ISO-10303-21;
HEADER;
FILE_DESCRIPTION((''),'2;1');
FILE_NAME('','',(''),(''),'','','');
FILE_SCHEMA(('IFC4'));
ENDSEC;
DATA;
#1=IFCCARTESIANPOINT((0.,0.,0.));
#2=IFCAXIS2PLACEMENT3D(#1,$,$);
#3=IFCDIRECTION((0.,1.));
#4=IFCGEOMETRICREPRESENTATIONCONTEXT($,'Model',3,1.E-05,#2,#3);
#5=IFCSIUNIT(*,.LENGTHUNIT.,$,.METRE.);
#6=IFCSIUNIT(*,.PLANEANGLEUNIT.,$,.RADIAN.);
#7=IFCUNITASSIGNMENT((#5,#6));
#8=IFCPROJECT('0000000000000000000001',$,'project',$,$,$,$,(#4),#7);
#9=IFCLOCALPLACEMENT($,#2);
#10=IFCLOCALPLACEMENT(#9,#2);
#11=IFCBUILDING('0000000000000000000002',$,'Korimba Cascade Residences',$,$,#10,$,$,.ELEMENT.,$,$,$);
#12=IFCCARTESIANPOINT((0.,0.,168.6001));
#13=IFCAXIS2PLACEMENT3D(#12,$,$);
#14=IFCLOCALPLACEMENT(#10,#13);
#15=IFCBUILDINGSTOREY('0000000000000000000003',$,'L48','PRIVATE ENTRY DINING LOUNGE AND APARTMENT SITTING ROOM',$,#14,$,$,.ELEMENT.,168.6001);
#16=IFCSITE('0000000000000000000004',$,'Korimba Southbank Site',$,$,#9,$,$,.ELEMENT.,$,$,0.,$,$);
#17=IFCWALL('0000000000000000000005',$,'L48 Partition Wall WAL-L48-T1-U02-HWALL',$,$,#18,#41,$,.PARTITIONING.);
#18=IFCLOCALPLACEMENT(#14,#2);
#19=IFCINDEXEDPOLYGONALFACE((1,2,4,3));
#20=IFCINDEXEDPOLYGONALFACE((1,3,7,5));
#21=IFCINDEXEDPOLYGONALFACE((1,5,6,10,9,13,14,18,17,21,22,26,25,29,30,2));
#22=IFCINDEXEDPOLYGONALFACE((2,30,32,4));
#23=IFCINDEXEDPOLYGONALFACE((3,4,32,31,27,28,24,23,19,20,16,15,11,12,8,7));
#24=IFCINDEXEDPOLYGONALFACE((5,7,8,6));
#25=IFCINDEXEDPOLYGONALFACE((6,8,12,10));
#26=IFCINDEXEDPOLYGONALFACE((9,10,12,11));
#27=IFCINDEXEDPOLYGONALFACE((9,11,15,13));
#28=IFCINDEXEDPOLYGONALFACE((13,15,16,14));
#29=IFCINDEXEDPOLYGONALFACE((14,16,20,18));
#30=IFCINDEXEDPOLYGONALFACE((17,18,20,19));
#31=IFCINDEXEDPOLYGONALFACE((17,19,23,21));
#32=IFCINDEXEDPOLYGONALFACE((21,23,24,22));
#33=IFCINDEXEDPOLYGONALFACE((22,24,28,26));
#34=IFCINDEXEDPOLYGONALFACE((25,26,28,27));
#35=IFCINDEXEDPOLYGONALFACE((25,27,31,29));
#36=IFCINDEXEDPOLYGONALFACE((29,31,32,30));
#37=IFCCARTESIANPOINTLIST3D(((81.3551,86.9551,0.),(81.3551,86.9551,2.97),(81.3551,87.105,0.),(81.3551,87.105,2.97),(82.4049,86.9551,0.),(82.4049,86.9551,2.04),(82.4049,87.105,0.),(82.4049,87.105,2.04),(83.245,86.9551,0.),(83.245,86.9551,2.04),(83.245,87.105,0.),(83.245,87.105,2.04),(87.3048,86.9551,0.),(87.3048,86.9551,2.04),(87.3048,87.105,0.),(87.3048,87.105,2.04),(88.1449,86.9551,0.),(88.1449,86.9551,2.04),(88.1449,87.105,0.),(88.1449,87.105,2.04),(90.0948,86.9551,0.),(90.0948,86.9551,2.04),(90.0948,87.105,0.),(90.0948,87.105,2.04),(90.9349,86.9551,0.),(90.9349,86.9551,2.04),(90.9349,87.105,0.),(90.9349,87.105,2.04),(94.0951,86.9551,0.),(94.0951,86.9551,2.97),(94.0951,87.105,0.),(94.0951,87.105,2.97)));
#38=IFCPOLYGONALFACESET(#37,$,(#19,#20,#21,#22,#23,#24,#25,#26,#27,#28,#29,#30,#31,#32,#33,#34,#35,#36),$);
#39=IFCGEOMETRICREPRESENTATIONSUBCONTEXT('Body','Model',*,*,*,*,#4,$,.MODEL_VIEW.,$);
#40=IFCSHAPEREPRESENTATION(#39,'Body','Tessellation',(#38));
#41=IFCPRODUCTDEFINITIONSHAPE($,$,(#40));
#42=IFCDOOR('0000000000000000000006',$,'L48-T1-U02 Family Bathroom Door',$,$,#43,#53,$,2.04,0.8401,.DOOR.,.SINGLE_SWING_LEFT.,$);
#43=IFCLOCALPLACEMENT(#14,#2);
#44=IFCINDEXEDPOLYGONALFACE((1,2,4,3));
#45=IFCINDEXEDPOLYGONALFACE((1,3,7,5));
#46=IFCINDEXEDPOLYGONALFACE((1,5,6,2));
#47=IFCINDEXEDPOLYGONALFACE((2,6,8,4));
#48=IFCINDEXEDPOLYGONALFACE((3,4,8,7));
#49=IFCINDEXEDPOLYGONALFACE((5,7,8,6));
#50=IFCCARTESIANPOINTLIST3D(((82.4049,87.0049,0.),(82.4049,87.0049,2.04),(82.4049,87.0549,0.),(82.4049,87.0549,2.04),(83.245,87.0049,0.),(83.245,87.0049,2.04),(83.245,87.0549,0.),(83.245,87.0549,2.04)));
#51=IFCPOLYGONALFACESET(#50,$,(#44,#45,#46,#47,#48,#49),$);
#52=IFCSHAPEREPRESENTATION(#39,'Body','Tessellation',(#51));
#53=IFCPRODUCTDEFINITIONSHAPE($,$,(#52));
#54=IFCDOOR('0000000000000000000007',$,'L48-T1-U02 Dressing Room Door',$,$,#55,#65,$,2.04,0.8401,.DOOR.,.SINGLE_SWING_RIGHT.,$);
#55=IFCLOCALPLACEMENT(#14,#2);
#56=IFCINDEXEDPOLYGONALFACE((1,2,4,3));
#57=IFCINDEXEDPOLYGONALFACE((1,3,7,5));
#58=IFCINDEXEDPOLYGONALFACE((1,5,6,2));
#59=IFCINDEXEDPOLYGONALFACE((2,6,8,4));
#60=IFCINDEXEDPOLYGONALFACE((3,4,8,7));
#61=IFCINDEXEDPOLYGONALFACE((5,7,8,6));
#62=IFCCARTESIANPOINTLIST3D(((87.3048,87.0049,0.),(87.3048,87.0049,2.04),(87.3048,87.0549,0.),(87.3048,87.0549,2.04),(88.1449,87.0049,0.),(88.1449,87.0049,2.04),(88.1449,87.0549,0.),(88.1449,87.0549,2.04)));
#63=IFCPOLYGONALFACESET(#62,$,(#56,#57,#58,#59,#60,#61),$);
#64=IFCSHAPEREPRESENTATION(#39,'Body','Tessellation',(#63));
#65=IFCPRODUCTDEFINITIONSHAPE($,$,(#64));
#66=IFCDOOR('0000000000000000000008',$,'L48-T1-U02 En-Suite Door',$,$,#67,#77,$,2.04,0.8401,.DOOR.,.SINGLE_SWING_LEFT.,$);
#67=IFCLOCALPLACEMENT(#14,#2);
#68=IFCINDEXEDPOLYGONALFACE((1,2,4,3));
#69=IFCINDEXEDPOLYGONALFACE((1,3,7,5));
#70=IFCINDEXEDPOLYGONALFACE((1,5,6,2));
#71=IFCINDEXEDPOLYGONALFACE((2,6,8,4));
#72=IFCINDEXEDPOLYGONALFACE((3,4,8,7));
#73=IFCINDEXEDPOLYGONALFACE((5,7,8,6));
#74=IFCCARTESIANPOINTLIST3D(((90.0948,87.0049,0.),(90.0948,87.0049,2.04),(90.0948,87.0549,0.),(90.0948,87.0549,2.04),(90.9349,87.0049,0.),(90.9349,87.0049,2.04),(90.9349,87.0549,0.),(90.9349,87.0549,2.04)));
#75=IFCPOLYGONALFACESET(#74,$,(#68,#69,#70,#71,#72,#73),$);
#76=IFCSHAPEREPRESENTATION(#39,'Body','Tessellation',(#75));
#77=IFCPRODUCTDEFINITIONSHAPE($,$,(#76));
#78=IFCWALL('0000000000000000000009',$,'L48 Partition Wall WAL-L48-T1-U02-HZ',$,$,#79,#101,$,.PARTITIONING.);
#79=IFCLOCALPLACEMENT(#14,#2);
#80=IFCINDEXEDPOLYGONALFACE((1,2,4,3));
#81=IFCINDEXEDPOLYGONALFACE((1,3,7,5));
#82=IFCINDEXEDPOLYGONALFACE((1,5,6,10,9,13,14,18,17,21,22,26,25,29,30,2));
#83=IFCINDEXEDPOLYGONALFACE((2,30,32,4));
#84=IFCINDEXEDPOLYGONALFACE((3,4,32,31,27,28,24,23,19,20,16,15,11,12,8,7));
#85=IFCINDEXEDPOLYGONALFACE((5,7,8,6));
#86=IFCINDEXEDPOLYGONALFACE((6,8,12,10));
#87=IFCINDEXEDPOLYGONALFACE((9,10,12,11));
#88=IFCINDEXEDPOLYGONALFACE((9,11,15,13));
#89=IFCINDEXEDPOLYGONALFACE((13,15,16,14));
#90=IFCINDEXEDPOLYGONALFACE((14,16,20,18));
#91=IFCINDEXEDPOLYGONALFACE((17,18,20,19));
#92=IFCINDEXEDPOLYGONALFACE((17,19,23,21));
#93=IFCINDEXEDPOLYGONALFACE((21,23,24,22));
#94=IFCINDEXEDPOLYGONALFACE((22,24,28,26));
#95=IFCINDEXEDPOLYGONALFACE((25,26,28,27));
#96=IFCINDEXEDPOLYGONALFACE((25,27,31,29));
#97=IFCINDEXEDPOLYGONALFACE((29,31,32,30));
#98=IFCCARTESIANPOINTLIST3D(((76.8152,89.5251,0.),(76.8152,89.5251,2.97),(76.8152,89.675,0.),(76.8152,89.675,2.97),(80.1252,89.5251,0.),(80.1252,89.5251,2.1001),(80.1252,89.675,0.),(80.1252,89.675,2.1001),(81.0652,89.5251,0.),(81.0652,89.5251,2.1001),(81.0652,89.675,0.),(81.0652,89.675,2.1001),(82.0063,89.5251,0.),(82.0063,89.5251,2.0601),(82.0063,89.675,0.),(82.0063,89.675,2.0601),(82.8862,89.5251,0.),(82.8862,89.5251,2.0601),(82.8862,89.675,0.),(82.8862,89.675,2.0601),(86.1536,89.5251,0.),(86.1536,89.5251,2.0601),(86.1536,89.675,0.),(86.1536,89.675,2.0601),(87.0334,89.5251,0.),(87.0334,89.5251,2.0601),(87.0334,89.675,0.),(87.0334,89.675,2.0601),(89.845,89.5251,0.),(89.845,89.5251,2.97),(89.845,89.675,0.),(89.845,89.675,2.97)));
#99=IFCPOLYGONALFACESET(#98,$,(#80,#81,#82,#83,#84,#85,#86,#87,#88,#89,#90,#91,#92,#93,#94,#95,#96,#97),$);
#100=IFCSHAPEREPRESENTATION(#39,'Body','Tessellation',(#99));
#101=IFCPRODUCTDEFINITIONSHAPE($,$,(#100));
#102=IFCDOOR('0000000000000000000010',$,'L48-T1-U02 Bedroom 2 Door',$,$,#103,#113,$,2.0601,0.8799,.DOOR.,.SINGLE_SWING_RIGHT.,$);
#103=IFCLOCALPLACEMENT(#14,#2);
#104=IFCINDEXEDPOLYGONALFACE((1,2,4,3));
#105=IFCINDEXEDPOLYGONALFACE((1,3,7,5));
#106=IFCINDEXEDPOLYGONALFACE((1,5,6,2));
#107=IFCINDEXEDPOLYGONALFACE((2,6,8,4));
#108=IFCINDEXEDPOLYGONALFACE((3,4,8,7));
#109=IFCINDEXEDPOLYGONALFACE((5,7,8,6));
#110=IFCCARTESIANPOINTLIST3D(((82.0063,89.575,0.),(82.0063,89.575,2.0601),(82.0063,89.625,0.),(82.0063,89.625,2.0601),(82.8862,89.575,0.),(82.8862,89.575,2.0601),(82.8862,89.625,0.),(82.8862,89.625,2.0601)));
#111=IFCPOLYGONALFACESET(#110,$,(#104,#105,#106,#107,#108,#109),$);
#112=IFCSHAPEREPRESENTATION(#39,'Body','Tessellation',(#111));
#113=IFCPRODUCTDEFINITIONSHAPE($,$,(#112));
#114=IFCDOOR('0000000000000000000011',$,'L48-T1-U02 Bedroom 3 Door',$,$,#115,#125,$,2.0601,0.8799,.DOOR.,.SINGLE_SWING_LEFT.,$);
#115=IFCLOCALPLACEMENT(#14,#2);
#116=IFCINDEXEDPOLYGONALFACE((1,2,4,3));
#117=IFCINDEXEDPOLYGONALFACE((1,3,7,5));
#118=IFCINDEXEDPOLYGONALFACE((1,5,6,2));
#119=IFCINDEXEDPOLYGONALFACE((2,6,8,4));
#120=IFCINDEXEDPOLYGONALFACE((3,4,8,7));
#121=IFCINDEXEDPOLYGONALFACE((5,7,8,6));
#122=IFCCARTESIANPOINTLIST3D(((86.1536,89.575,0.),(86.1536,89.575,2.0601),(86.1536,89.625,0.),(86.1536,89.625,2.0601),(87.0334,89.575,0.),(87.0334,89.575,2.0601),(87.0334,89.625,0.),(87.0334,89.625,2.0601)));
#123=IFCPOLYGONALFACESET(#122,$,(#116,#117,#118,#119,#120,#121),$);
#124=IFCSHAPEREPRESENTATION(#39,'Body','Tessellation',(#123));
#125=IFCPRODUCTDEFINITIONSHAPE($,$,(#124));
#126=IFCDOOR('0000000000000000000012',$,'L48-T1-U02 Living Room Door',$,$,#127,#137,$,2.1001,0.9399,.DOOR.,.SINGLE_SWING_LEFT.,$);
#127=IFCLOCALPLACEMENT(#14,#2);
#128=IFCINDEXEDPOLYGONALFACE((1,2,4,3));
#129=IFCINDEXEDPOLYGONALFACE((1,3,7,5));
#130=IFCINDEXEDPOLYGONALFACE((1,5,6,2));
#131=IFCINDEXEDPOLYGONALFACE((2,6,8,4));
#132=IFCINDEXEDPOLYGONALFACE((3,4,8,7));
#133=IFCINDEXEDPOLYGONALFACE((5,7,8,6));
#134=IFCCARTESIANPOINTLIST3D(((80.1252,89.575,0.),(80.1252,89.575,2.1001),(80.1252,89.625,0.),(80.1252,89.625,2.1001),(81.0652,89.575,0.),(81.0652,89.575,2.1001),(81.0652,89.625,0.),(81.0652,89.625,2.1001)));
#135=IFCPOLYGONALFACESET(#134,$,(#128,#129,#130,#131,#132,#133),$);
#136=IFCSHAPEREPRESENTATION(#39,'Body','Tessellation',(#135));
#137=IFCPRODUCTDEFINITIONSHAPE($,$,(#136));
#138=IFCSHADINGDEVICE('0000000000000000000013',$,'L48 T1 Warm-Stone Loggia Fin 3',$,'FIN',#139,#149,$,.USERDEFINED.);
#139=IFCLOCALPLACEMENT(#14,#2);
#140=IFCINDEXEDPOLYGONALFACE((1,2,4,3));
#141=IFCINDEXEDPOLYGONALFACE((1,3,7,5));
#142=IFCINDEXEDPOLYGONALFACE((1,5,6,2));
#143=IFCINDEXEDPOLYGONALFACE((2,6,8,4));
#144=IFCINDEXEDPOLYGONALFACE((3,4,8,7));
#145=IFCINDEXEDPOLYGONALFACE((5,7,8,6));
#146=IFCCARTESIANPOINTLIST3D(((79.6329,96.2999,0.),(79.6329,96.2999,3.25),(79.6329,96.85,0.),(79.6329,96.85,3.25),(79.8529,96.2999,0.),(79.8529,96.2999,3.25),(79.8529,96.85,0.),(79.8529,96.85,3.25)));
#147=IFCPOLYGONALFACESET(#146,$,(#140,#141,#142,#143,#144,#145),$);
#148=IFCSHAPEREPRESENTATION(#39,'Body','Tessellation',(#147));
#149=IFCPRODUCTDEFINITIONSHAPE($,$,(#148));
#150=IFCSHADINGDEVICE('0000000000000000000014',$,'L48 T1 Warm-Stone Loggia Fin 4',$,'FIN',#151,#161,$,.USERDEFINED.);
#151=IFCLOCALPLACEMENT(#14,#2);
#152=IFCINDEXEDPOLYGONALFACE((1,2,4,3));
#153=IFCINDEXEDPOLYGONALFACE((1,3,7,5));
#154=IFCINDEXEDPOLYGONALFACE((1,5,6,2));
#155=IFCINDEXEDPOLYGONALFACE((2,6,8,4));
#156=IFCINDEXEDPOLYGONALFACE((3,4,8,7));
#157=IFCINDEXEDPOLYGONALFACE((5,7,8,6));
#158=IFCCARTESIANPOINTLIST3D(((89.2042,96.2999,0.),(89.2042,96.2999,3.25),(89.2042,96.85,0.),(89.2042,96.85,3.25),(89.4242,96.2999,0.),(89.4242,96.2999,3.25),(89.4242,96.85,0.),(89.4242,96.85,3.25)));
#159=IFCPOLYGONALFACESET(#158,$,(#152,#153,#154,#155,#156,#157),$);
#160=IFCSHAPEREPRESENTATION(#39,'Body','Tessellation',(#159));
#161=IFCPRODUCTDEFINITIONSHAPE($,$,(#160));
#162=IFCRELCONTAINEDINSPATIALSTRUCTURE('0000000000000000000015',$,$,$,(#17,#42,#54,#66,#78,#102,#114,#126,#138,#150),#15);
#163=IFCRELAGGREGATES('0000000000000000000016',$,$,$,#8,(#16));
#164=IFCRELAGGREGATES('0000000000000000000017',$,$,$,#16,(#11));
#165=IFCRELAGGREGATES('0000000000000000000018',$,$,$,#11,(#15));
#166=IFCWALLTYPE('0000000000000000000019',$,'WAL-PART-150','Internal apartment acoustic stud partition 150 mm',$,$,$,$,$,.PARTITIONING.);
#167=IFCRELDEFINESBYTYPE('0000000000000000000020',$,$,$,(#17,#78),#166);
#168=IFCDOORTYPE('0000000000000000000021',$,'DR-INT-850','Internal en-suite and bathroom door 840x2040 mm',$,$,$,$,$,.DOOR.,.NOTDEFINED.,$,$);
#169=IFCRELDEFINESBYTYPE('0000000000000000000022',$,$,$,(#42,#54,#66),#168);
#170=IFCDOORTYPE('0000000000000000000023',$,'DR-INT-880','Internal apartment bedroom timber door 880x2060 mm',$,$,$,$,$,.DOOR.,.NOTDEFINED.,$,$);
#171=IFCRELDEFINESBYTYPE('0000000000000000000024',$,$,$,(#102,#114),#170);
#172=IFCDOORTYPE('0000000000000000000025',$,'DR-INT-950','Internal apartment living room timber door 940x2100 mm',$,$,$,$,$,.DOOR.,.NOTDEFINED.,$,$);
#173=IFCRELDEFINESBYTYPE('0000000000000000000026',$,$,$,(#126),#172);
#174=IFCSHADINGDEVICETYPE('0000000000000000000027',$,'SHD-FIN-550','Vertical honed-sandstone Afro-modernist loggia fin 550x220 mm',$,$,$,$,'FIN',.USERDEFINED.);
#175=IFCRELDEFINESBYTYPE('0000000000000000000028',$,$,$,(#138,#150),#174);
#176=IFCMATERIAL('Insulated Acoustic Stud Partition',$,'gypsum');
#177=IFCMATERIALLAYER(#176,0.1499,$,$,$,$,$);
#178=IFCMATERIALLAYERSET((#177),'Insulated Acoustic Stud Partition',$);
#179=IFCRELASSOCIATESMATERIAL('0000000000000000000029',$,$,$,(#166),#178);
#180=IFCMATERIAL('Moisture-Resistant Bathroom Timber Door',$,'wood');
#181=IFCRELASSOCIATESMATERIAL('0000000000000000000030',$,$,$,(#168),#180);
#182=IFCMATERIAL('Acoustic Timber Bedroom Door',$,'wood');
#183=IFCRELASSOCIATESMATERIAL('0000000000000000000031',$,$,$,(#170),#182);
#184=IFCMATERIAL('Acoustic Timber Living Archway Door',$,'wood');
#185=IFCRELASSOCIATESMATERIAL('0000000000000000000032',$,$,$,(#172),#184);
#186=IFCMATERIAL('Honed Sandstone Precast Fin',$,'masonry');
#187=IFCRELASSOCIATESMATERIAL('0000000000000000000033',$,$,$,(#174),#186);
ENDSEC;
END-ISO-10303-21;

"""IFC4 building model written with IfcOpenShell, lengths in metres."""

from ifc_helpers import new_model, si_unit, direction, frame, frame_2d, origin, origin_2d, place, context, subcontext, project, spatial, rectangle, extrude, material, layer, layer_set, type_object, element, fill, save


model = new_model("IFC4")

# Units and contexts
model_context = context("Model", 3, precision=1e-05, world=origin(), true_north=direction((0.0, 1.0)))
body_context = subcontext(model_context, "Body", "Model", "MODEL_VIEW")
ifc_project = project(units=[si_unit("LENGTHUNIT", "METRE"), si_unit("PLANEANGLEUNIT", "RADIAN")], contexts=[model_context])

# Site, building, storey
site_placement = place(None, origin())
site = spatial("IfcSite", under=ifc_project, at=site_placement, Name="Korimba Southbank Site", CompositionType="ELEMENT", RefElevation=0.0)
building_placement = place(site_placement, origin())
building = spatial("IfcBuilding", under=site, at=building_placement, Name="Korimba Cascade Residences", CompositionType="ELEMENT")
storey_placement = place(building_placement, frame((0.0, 0.0, 168.6001)))
storey = spatial("IfcBuildingStorey", under=building, at=storey_placement, Name="L48", Description="PRIVATE ENTRY DINING LOUNGE AND APARTMENT SITTING ROOM", CompositionType="ELEMENT", Elevation=168.6001)

# Shared definitions
ifc_material_1 = material(Name="Insulated Acoustic Stud Partition", Category="gypsum")
ifc_layer = layer(ifc_material_1, 0.1499)
ifc_layer_set = layer_set([ifc_layer], Name="Insulated Acoustic Stud Partition")
wall_type = type_object("IfcWallType", Name="WAL-PART-150", Description="Internal apartment acoustic stud partition 150 mm", PredefinedType="PARTITIONING", material=ifc_layer_set)

# Walls, openings, doors
wall_1_placement = place(storey_placement, frame((81.355, 87.03, 0.0), z_axis=(0.0, 0.0, 1.0), x_axis=(1.0, 0.0, 0.0)))
wall_1 = element("IfcWall", 1, at=wall_1_placement, inside=storey, type_object=wall_type, Name="L48 Partition Wall WAL-L48-T1-U02-HWALL", PredefinedType="PARTITIONING", context=body_context, shape_type="SweptSolid", body=[
    extrude(rectangle(XDim=12.74, YDim=0.1499, at=frame_2d((6.3701, 0.0))), origin(), (0.0, 0.0, 1.0), 2.97),
])
opening_1_placement = place(wall_1_placement, frame((1.05, 0.0, 0.0)))
opening_1 = element("IfcOpeningElement", 2, at=opening_1_placement, cuts=wall_1, PredefinedType="OPENING", context=body_context, shape_type="SweptSolid", body=[
    extrude(rectangle(XDim=0.8401, YDim=2.04, at=frame_2d((0.4199, 1.02))), frame((0.0, 0.085, 0.0), z_axis=(0.0, -1.0, 0.0), x_axis=(1.0, 0.0, 0.0)), (0.0, 0.0, 1.0), 0.1699),
])
opening_2_placement = place(wall_1_placement, frame((5.95, 0.0, 0.0)))
opening_2 = element("IfcOpeningElement", 3, at=opening_2_placement, cuts=wall_1, PredefinedType="OPENING", context=body_context, shape_type="SweptSolid", body=[
    extrude(rectangle(XDim=0.8401, YDim=2.04, at=frame_2d((0.4199, 1.02))), frame((0.0, 0.085, 0.0), z_axis=(0.0, -1.0, 0.0), x_axis=(1.0, 0.0, 0.0)), (0.0, 0.0, 1.0), 0.1699),
])
opening_3_placement = place(wall_1_placement, frame((8.74, 0.0, 0.0)))
opening_3 = element("IfcOpeningElement", 4, at=opening_3_placement, cuts=wall_1, PredefinedType="OPENING", context=body_context, shape_type="SweptSolid", body=[
    extrude(rectangle(XDim=0.8401, YDim=2.04, at=frame_2d((0.4199, 1.02))), frame((0.0, 0.085, 0.0), z_axis=(0.0, -1.0, 0.0), x_axis=(1.0, 0.0, 0.0)), (0.0, 0.0, 1.0), 0.1699),
])
ifc_material_2 = material(Name="Moisture-Resistant Bathroom Timber Door", Category="wood")
door_type_1 = type_object("IfcDoorType", Name="DR-INT-850", Description="Internal en-suite and bathroom door 840x2040 mm", OperationType="NOTDEFINED", PredefinedType="DOOR", material=ifc_material_2)
door_1_placement = place(opening_1_placement, origin())
door_1 = element("IfcDoor", 5, at=door_1_placement, inside=storey, type_object=door_type_1, Name="L48-T1-U02 Family Bathroom Door", OperationType="SINGLE_SWING_LEFT", OverallHeight=2.04, OverallWidth=0.8401, PredefinedType="DOOR", context=body_context, shape_type="SweptSolid", body=[
    extrude(rectangle(XDim=0.8401, YDim=2.04, at=frame_2d((0.4199, 1.02))), frame((0.0, 0.0249, 0.0), z_axis=(0.0, -1.0, 0.0), x_axis=(1.0, 0.0, 0.0)), (0.0, 0.0, 1.0), 0.05),
])
fill(opening_1, door_1)
door_2_placement = place(opening_2_placement, origin())
door_2 = element("IfcDoor", 6, at=door_2_placement, inside=storey, type_object=door_type_1, Name="L48-T1-U02 Dressing Room Door", OperationType="SINGLE_SWING_RIGHT", OverallHeight=2.04, OverallWidth=0.8401, PredefinedType="DOOR", context=body_context, shape_type="SweptSolid", body=[
    extrude(rectangle(XDim=0.8401, YDim=2.04, at=frame_2d((0.4199, 1.02))), frame((0.0, 0.0249, 0.0), z_axis=(0.0, -1.0, 0.0), x_axis=(1.0, 0.0, 0.0)), (0.0, 0.0, 1.0), 0.05),
])
fill(opening_2, door_2)
door_3_placement = place(opening_3_placement, origin())
door_3 = element("IfcDoor", 7, at=door_3_placement, inside=storey, type_object=door_type_1, Name="L48-T1-U02 En-Suite Door", OperationType="SINGLE_SWING_LEFT", OverallHeight=2.04, OverallWidth=0.8401, PredefinedType="DOOR", context=body_context, shape_type="SweptSolid", body=[
    extrude(rectangle(XDim=0.8401, YDim=2.04, at=frame_2d((0.4199, 1.02))), frame((0.0, 0.0249, 0.0), z_axis=(0.0, -1.0, 0.0), x_axis=(1.0, 0.0, 0.0)), (0.0, 0.0, 1.0), 0.05),
])
fill(opening_3, door_3)
wall_2_placement = place(storey_placement, frame((76.8152, 89.6001, 0.0), z_axis=(0.0, 0.0, 1.0), x_axis=(1.0, 0.0, 0.0)))
wall_2 = element("IfcWall", 8, at=wall_2_placement, inside=storey, type_object=wall_type, Name="L48 Partition Wall WAL-L48-T1-U02-HZ", PredefinedType="PARTITIONING", context=body_context, shape_type="SweptSolid", body=[
    extrude(rectangle(XDim=13.0298, YDim=0.1499, at=frame_2d((6.5149, 0.0))), origin(), (0.0, 0.0, 1.0), 2.97),
])
opening_4_placement = place(wall_2_placement, frame((3.3101, 0.0, 0.0)))
opening_4 = element("IfcOpeningElement", 9, at=opening_4_placement, cuts=wall_2, PredefinedType="OPENING", context=body_context, shape_type="SweptSolid", body=[
    extrude(rectangle(XDim=0.9399, YDim=2.1001, at=frame_2d((0.47, 1.05))), frame((0.0, 0.085, 0.0), z_axis=(0.0, -1.0, 0.0), x_axis=(1.0, 0.0, 0.0)), (0.0, 0.0, 1.0), 0.1699),
])
opening_5_placement = place(wall_2_placement, frame((5.1912, 0.0, 0.0)))
opening_5 = element("IfcOpeningElement", 10, at=opening_5_placement, cuts=wall_2, PredefinedType="OPENING", context=body_context, shape_type="SweptSolid", body=[
    extrude(rectangle(XDim=0.8799, YDim=2.0601, at=frame_2d((0.4399, 1.03))), frame((0.0, 0.085, 0.0), z_axis=(0.0, -1.0, 0.0), x_axis=(1.0, 0.0, 0.0)), (0.0, 0.0, 1.0), 0.1699),
])
opening_6_placement = place(wall_2_placement, frame((9.3384, 0.0, 0.0)))
opening_6 = element("IfcOpeningElement", 11, at=opening_6_placement, cuts=wall_2, PredefinedType="OPENING", context=body_context, shape_type="SweptSolid", body=[
    extrude(rectangle(XDim=0.8799, YDim=2.0601, at=frame_2d((0.4399, 1.03))), frame((0.0, 0.085, 0.0), z_axis=(0.0, -1.0, 0.0), x_axis=(1.0, 0.0, 0.0)), (0.0, 0.0, 1.0), 0.1699),
])
ifc_material_3 = material(Name="Acoustic Timber Bedroom Door", Category="wood")
door_type_2 = type_object("IfcDoorType", Name="DR-INT-880", Description="Internal apartment bedroom timber door 880x2060 mm", OperationType="NOTDEFINED", PredefinedType="DOOR", material=ifc_material_3)
door_4_placement = place(opening_5_placement, origin())
door_4 = element("IfcDoor", 12, at=door_4_placement, inside=storey, type_object=door_type_2, Name="L48-T1-U02 Bedroom 2 Door", OperationType="SINGLE_SWING_RIGHT", OverallHeight=2.0601, OverallWidth=0.8799, PredefinedType="DOOR", context=body_context, shape_type="SweptSolid", body=[
    extrude(rectangle(XDim=0.8799, YDim=2.0601, at=frame_2d((0.4399, 1.03))), frame((0.0, 0.0249, 0.0), z_axis=(0.0, -1.0, 0.0), x_axis=(1.0, 0.0, 0.0)), (0.0, 0.0, 1.0), 0.05),
])
fill(opening_5, door_4)
door_5_placement = place(opening_6_placement, origin())
door_5 = element("IfcDoor", 13, at=door_5_placement, inside=storey, type_object=door_type_2, Name="L48-T1-U02 Bedroom 3 Door", OperationType="SINGLE_SWING_LEFT", OverallHeight=2.0601, OverallWidth=0.8799, PredefinedType="DOOR", context=body_context, shape_type="SweptSolid", body=[
    extrude(rectangle(XDim=0.8799, YDim=2.0601, at=frame_2d((0.4399, 1.03))), frame((0.0, 0.0249, 0.0), z_axis=(0.0, -1.0, 0.0), x_axis=(1.0, 0.0, 0.0)), (0.0, 0.0, 1.0), 0.05),
])
fill(opening_6, door_5)
ifc_material_4 = material(Name="Acoustic Timber Living Archway Door", Category="wood")
door_type_3 = type_object("IfcDoorType", Name="DR-INT-950", Description="Internal apartment living room timber door 940x2100 mm", OperationType="NOTDEFINED", PredefinedType="DOOR", material=ifc_material_4)
door_6_placement = place(opening_4_placement, origin())
door_6 = element("IfcDoor", 14, at=door_6_placement, inside=storey, type_object=door_type_3, Name="L48-T1-U02 Living Room Door", OperationType="SINGLE_SWING_LEFT", OverallHeight=2.1001, OverallWidth=0.9399, PredefinedType="DOOR", context=body_context, shape_type="SweptSolid", body=[
    extrude(rectangle(XDim=0.9399, YDim=2.1001, at=frame_2d((0.47, 1.05))), frame((0.0, 0.0249, 0.0), z_axis=(0.0, -1.0, 0.0), x_axis=(1.0, 0.0, 0.0)), (0.0, 0.0, 1.0), 0.05),
])
fill(opening_4, door_6)

# Shading devices
ifc_material_5 = material(Name="Honed Sandstone Precast Fin", Category="masonry")
shading_device_type = type_object("IfcShadingDeviceType", Name="SHD-FIN-550", Description="Vertical honed-sandstone Afro-modernist loggia fin 550x220 mm", ElementType="FIN", PredefinedType="USERDEFINED", material=ifc_material_5)
for number, where, z_axis, x_axis, name in (
    (15, (79.7429, 96.575, 0.0), (0.0, 0.0, 1.0), (1.0, 0.0, 0.0), "L48 T1 Warm-Stone Loggia Fin 3"),
    (16, (89.3142, 96.575, 0.0), (0.0, 0.0, 1.0), (1.0, 0.0, 0.0), "L48 T1 Warm-Stone Loggia Fin 4"),
):
    element("IfcShadingDevice", number, at=place(storey_placement, frame(where, z_axis=z_axis, x_axis=x_axis)), inside=storey, type_object=shading_device_type, Name=name, ObjectType="FIN", PredefinedType="USERDEFINED", context=body_context, shape_type="SweptSolid", body=[
        extrude(rectangle(XDim=0.22, YDim=0.55, at=origin_2d()), origin(), (0.0, 0.0, 1.0), 3.25),
    ])

save(model, "model.ifc")
